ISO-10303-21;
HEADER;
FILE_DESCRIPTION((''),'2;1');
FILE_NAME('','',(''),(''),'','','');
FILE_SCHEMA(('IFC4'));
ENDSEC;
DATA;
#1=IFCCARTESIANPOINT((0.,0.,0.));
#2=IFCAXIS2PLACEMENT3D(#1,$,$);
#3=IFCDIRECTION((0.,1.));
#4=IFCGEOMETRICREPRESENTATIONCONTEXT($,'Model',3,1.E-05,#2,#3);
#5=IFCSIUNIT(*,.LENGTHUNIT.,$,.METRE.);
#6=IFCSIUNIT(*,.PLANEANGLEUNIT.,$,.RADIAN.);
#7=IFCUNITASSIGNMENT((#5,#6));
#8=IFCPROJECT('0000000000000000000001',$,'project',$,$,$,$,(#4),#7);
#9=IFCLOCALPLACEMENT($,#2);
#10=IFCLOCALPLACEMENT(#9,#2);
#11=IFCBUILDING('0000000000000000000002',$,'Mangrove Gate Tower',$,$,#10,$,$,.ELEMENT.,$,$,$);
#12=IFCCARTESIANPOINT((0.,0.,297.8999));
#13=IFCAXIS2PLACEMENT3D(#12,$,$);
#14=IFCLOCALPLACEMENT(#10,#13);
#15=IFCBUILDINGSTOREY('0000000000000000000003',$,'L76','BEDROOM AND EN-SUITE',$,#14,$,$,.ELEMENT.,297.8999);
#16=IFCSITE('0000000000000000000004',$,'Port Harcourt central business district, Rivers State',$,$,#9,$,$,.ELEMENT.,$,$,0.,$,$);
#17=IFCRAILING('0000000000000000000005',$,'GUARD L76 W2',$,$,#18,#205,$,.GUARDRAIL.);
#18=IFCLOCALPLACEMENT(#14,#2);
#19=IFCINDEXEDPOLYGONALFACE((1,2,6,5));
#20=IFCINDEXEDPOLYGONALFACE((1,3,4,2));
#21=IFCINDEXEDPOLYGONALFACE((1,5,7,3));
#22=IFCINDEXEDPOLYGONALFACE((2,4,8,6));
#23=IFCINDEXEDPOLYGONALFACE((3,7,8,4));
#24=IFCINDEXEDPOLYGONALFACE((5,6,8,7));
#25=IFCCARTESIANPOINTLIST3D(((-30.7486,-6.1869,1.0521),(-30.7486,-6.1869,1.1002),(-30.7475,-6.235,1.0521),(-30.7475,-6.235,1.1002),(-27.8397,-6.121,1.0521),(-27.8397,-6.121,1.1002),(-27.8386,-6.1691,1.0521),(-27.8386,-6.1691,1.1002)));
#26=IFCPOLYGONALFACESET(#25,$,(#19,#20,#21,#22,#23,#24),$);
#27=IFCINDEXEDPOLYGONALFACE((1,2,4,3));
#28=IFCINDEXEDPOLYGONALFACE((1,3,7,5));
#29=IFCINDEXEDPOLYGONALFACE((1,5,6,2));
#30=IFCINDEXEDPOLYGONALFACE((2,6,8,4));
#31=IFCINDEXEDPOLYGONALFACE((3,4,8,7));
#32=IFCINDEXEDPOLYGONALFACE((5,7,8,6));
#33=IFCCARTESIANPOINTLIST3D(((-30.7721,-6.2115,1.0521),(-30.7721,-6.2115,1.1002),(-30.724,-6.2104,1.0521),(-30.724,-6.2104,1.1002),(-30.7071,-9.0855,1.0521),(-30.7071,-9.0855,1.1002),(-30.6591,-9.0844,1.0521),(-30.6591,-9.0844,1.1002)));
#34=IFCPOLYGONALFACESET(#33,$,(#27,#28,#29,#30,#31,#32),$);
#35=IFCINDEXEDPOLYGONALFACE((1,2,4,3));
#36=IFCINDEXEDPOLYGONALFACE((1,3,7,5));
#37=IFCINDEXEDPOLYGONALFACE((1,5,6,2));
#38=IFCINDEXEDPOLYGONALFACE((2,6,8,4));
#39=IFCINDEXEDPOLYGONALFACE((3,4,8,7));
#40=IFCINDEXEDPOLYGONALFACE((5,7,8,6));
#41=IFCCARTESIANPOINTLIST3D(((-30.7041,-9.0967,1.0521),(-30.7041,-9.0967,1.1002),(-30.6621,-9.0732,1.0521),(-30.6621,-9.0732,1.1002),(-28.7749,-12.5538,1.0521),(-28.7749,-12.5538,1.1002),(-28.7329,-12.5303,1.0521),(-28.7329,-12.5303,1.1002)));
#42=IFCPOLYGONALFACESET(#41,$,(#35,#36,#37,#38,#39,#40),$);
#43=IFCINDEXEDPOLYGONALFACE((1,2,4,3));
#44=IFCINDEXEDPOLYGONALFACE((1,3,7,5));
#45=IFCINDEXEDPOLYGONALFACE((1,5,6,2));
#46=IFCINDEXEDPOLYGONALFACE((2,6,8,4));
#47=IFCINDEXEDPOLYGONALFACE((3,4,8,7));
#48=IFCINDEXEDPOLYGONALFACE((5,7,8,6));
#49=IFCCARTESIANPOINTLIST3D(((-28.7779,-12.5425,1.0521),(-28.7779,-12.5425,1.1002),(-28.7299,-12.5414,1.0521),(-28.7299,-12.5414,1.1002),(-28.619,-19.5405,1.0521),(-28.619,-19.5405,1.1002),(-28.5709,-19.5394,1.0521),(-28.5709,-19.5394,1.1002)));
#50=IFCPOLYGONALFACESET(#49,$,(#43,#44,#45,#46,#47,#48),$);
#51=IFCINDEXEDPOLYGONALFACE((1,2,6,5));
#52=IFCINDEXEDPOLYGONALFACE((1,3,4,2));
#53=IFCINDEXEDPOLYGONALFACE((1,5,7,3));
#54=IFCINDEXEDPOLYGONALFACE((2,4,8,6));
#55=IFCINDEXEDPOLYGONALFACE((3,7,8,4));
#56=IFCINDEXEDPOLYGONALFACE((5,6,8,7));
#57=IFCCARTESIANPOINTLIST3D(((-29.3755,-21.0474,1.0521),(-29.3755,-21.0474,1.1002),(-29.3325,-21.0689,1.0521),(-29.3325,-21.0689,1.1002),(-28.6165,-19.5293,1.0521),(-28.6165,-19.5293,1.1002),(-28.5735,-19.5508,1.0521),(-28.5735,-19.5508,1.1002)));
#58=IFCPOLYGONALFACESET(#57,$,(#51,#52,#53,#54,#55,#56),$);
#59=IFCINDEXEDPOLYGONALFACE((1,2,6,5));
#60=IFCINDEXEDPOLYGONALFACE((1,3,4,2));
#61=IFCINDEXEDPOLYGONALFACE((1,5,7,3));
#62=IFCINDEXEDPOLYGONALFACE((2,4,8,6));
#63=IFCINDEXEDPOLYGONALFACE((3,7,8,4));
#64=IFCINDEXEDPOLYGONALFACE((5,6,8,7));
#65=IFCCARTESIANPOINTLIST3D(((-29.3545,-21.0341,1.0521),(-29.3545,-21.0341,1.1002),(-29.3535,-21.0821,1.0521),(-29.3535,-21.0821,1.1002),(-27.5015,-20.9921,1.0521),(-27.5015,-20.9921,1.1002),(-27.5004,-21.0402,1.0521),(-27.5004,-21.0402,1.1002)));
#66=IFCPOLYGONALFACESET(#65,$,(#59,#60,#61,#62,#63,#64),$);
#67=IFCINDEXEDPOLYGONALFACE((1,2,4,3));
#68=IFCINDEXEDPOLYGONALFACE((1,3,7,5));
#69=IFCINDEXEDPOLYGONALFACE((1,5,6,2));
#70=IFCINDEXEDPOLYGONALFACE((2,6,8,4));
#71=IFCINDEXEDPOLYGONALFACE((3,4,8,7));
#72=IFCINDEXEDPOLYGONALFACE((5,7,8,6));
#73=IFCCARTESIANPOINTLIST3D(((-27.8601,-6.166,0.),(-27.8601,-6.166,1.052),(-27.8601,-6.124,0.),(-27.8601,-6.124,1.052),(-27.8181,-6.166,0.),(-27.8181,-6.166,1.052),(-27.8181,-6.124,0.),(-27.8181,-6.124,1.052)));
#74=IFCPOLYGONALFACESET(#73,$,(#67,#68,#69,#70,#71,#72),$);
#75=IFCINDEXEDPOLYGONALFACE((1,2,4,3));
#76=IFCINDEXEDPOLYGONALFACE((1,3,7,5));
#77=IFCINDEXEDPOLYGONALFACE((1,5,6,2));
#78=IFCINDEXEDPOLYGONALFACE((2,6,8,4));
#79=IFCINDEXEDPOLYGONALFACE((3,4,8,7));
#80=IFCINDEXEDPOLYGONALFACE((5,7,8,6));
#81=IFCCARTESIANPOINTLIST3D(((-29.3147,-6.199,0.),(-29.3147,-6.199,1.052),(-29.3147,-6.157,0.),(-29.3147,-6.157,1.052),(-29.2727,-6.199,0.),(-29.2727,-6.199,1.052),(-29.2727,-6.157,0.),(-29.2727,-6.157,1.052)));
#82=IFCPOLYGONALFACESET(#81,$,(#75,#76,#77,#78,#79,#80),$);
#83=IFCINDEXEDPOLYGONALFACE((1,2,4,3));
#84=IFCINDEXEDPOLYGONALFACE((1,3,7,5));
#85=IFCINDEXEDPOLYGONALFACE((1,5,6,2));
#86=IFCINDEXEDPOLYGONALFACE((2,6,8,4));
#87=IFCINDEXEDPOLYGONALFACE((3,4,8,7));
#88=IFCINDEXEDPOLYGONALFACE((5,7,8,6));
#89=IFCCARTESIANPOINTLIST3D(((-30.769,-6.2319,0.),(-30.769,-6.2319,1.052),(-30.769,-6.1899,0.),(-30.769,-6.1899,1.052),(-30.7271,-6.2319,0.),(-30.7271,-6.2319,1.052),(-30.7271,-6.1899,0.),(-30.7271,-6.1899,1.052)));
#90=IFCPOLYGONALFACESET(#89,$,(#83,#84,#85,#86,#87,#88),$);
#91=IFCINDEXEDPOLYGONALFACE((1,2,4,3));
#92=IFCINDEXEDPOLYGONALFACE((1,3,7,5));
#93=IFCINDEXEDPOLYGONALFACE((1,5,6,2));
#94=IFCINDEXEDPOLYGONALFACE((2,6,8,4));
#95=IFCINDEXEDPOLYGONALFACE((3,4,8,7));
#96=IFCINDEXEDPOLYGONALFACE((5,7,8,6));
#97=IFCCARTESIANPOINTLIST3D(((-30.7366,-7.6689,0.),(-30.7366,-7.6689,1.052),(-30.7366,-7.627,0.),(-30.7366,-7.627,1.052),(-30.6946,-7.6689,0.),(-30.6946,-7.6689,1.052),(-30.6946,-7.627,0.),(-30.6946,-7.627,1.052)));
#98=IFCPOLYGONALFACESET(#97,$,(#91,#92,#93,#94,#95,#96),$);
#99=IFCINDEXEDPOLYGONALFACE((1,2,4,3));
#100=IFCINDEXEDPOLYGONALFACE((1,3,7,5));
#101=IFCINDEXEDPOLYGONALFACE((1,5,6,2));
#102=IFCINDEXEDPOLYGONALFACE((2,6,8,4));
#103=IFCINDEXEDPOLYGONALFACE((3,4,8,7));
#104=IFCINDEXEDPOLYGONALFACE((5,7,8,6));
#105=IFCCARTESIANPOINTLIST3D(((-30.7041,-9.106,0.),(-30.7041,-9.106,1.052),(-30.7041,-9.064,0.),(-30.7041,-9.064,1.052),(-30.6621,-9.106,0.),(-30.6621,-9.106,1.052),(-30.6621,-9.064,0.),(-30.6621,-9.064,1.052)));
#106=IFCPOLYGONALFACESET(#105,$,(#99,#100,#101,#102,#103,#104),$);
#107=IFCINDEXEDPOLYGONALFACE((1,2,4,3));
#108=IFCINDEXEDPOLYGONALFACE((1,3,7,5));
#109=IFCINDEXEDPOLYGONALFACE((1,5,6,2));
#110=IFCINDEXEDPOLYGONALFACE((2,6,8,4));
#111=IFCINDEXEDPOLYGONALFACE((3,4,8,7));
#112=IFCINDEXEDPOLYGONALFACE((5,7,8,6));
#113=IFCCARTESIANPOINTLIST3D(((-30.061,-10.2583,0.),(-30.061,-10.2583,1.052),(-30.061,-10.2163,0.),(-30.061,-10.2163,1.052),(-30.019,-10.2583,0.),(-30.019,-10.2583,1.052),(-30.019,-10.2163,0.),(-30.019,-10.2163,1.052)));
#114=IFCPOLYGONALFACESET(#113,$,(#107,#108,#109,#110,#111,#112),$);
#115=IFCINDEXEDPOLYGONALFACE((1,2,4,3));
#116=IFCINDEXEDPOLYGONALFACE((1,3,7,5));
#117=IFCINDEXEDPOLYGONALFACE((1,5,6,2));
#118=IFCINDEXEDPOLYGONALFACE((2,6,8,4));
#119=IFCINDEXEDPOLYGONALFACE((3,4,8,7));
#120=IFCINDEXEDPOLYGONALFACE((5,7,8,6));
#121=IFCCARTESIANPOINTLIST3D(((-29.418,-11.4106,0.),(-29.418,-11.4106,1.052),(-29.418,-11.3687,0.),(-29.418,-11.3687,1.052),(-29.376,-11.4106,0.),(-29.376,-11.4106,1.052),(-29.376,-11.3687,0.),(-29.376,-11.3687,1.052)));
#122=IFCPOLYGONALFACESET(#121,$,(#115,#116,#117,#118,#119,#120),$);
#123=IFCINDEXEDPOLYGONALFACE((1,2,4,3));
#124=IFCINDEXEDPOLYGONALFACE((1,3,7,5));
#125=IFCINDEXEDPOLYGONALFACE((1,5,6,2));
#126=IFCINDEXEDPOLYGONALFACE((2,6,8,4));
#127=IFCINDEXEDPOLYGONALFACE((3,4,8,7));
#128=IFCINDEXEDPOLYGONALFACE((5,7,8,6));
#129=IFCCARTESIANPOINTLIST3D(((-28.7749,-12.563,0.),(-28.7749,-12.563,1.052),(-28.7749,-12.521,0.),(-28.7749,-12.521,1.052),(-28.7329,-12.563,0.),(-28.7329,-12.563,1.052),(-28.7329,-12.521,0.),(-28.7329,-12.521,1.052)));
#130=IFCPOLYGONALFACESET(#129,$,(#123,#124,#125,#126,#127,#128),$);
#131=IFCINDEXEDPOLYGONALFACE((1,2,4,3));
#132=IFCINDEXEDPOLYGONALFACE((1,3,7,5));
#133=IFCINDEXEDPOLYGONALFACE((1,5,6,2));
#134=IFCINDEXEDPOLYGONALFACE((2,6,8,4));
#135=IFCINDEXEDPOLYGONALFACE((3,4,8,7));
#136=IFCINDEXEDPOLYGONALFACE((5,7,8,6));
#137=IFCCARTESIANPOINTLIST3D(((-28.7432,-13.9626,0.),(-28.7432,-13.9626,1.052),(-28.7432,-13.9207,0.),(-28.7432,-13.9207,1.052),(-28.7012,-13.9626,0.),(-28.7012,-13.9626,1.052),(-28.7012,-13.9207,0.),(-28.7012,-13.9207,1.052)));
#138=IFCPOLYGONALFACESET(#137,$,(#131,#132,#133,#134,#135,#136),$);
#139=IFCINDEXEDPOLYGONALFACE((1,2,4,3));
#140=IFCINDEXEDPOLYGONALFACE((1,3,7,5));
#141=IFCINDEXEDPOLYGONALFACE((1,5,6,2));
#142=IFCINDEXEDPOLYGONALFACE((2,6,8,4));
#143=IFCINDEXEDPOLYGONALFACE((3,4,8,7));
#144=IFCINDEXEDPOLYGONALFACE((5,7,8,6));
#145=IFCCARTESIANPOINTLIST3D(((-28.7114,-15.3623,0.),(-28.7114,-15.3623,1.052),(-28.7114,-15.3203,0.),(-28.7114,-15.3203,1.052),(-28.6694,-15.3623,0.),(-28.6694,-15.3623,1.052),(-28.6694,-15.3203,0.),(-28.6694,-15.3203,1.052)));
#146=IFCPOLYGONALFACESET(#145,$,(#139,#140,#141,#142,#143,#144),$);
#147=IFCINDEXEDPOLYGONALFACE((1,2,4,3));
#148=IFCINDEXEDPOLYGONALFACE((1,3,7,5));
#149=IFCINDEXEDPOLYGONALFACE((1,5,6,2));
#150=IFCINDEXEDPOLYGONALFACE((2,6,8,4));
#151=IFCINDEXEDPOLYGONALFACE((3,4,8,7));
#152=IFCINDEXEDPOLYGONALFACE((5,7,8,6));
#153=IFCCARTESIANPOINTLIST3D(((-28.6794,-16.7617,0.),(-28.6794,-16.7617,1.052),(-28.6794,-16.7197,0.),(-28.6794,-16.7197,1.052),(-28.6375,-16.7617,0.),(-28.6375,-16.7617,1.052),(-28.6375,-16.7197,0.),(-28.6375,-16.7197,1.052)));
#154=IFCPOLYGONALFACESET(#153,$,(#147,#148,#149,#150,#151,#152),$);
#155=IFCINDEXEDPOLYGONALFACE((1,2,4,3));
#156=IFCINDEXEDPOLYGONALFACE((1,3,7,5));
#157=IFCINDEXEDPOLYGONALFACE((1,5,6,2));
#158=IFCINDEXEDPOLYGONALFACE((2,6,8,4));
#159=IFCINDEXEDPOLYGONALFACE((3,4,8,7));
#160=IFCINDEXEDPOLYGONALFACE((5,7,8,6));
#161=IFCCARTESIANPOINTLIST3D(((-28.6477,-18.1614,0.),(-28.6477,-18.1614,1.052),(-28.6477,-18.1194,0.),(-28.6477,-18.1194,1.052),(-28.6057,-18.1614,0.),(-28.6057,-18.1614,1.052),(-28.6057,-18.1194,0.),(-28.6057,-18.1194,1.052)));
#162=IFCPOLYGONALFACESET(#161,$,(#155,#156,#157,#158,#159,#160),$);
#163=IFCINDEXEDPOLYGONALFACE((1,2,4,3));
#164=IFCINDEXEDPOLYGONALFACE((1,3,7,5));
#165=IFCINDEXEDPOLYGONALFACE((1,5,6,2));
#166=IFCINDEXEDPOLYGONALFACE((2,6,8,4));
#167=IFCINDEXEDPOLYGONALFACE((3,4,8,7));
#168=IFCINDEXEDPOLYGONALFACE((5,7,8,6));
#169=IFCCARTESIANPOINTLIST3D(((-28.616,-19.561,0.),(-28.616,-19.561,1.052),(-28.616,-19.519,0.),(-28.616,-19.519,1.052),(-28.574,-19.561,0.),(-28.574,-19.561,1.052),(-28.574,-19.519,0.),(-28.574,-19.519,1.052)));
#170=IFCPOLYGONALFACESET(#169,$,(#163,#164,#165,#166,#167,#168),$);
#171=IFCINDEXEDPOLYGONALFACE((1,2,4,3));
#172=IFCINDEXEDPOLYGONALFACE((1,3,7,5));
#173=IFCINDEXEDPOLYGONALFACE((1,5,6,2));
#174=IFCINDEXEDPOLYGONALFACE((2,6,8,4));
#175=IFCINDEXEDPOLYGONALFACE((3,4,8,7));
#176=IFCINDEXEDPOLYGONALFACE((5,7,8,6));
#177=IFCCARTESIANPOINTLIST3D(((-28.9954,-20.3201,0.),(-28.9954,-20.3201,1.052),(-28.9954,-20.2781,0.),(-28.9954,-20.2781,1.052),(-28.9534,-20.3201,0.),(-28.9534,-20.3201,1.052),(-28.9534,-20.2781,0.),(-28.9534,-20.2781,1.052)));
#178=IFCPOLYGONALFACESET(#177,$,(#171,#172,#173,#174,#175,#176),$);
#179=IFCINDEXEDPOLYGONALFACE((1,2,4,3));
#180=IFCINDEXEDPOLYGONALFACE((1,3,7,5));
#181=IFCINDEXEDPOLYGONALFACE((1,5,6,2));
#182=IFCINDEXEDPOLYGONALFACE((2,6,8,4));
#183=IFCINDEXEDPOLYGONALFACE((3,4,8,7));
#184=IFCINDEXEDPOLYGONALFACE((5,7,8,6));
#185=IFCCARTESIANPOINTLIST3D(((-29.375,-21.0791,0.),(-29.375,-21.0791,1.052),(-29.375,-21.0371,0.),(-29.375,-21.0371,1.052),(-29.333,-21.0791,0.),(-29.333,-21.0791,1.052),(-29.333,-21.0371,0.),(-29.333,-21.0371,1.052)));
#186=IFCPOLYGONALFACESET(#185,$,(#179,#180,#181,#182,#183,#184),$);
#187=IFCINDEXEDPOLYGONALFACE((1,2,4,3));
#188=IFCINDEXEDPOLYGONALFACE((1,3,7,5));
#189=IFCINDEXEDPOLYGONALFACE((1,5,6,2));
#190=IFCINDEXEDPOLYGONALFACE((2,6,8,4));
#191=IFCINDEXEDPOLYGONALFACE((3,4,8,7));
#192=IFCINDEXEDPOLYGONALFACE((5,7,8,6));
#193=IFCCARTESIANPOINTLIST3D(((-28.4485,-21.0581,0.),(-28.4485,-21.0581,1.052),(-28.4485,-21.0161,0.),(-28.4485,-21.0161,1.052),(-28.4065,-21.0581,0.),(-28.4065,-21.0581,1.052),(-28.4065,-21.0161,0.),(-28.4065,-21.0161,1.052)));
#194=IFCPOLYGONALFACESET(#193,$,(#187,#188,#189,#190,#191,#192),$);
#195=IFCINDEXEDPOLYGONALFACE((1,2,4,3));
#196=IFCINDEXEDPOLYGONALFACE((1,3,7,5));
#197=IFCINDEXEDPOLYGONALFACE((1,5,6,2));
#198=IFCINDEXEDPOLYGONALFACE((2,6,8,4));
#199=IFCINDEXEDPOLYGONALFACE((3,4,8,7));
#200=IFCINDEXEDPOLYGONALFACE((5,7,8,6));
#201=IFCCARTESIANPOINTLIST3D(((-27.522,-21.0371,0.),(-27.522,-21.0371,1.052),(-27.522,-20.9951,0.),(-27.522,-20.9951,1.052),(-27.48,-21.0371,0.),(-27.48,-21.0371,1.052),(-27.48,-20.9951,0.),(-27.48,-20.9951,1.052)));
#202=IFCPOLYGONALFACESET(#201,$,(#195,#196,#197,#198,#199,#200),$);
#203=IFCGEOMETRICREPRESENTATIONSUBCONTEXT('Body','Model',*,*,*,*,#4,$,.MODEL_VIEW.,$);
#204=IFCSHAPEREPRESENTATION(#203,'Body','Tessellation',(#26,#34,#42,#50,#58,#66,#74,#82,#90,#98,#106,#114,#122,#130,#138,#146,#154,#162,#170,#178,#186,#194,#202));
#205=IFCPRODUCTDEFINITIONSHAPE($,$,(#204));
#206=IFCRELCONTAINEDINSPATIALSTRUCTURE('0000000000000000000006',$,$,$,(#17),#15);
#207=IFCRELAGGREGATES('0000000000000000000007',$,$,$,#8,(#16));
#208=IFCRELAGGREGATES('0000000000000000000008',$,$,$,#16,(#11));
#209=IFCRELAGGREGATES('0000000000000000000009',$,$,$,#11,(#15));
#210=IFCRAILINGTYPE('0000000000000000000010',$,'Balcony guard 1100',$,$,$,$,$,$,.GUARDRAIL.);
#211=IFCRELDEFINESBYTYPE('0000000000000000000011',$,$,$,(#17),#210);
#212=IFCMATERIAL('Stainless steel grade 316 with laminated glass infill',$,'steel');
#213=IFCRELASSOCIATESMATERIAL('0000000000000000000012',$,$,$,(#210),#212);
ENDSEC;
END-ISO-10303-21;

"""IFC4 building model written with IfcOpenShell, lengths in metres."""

from ifc_helpers import new_model, si_unit, direction, frame, origin, origin_2d, place, context, subcontext, project, spatial, rectangle, extrude, material, type_object, element, save


model = new_model("IFC4")

# Units and contexts
model_context = context("Model", 3, precision=1e-05, world=origin(), true_north=direction((0.0, 1.0)))
body_context = subcontext(model_context, "Body", "Model", "MODEL_VIEW")
ifc_project = project(units=[si_unit("LENGTHUNIT", "METRE"), si_unit("PLANEANGLEUNIT", "RADIAN")], contexts=[model_context])

# Site, building, storey
site_placement = place(None, origin())
site = spatial("IfcSite", under=ifc_project, at=site_placement, Name="Port Harcourt central business district, Rivers State", CompositionType="ELEMENT", RefElevation=0.0)
building_placement = place(site_placement, origin())
building = spatial("IfcBuilding", under=site, at=building_placement, Name="Mangrove Gate Tower", CompositionType="ELEMENT")
storey_placement = place(building_placement, frame((0.0, 0.0, 297.8999)))
storey = spatial("IfcBuildingStorey", under=building, at=storey_placement, Name="L76", Description="BEDROOM AND EN-SUITE", CompositionType="ELEMENT", Elevation=297.8999)

# Railing
ifc_material_1 = material(Name="Stainless steel grade 316 with laminated glass infill", Category="steel")
railing_type = type_object("IfcRailingType", Name="Balcony guard 1100", PredefinedType="GUARDRAIL", material=ifc_material_1)
railing_placement = place(storey_placement, frame((-27.8391, -6.145, 0.0)))
element("IfcRailing", 1, at=railing_placement, inside=storey, type_object=railing_type, Name="GUARD L76 W2", PredefinedType="GUARDRAIL", context=body_context, shape_type="SweptSolid", body=[
    extrude(rectangle(XDim=0.0481, YDim=0.0481, at=origin_2d()), frame((0.0, 0.0, 1.0762), z_axis=(-0.999743, -0.022655, 0.0), x_axis=(0.022655, -0.999743, 0.0)), (0.0, 0.0, 1.0), 2.9097),
    extrude(rectangle(XDim=0.0481, YDim=0.0481, at=origin_2d()), frame((-2.9089, -0.0659, 1.0762), z_axis=(0.02259, -0.999745, 0.0), x_axis=(0.999745, 0.02259, 0.0)), (0.0, 0.0, 1.0), 2.8748),
    extrude(rectangle(XDim=0.0481, YDim=0.0481, at=origin_2d()), frame((-2.844, -2.9399, 1.0762), z_axis=(0.487307, -0.873231, 0.0), x_axis=(0.873231, 0.487307, 0.0)), (0.0, 0.0, 1.0), 3.959),
    extrude(rectangle(XDim=0.0481, YDim=0.0481, at=origin_2d()), frame((-0.9148, -6.397, 1.0762), z_axis=(0.022706, -0.999742, 0.0), x_axis=(0.999742, 0.022706, 0.0)), (0.0, 0.0, 1.0), 6.9998),
    extrude(rectangle(XDim=0.0481, YDim=0.0481, at=origin_2d()), frame((-0.7559, -13.395, 1.0762), z_axis=(-0.447214, -0.894427, 0.0), x_axis=(0.894427, -0.447214, 0.0)), (0.0, 0.0, 1.0), 1.6973),
    extrude(rectangle(XDim=0.0481, YDim=0.0481, at=origin_2d()), frame((-1.5149, -14.9131, 1.0762), z_axis=(0.999743, 0.022656, 0.0), x_axis=(-0.022656, 0.999743, 0.0)), (0.0, 0.0, 1.0), 1.8535),
    extrude(rectangle(XDim=0.042, YDim=0.042, at=origin_2d()), origin(), (0.0, 0.0, 1.0), 1.052),
    extrude(rectangle(XDim=0.042, YDim=0.042, at=origin_2d()), frame((-1.4546, -0.033, 0.0)), (0.0, 0.0, 1.0), 1.052),
    extrude(rectangle(XDim=0.042, YDim=0.042, at=origin_2d()), frame((-2.9089, -0.0659, 0.0)), (0.0, 0.0, 1.0), 1.052),
    extrude(rectangle(XDim=0.042, YDim=0.042, at=origin_2d()), frame((-2.8765, -1.5029, 0.0)), (0.0, 0.0, 1.0), 1.052),
    extrude(rectangle(XDim=0.042, YDim=0.042, at=origin_2d()), frame((-2.844, -2.9399, 0.0)), (0.0, 0.0, 1.0), 1.052),
    extrude(rectangle(XDim=0.042, YDim=0.042, at=origin_2d()), frame((-2.2009, -4.0923, 0.0)), (0.0, 0.0, 1.0), 1.052),
    extrude(rectangle(XDim=0.042, YDim=0.042, at=origin_2d()), frame((-1.5579, -5.2446, 0.0)), (0.0, 0.0, 1.0), 1.052),
    extrude(rectangle(XDim=0.042, YDim=0.042, at=origin_2d()), frame((-0.9148, -6.397, 0.0)), (0.0, 0.0, 1.0), 1.052),
    extrude(rectangle(XDim=0.042, YDim=0.042, at=origin_2d()), frame((-0.8831, -7.7966, 0.0)), (0.0, 0.0, 1.0), 1.052),
    extrude(rectangle(XDim=0.042, YDim=0.042, at=origin_2d()), frame((-0.8513, -9.1963, 0.0)), (0.0, 0.0, 1.0), 1.052),
    extrude(rectangle(XDim=0.042, YDim=0.042, at=origin_2d()), frame((-0.8193, -10.5957, 0.0)), (0.0, 0.0, 1.0), 1.052),
    extrude(rectangle(XDim=0.042, YDim=0.042, at=origin_2d()), frame((-0.7876, -11.9954, 0.0)), (0.0, 0.0, 1.0), 1.052),
    extrude(rectangle(XDim=0.042, YDim=0.042, at=origin_2d()), frame((-0.7559, -13.395, 0.0)), (0.0, 0.0, 1.0), 1.052),
    extrude(rectangle(XDim=0.042, YDim=0.042, at=origin_2d()), frame((-1.1353, -14.1541, 0.0)), (0.0, 0.0, 1.0), 1.052),
    extrude(rectangle(XDim=0.042, YDim=0.042, at=origin_2d()), frame((-1.5149, -14.9131, 0.0)), (0.0, 0.0, 1.0), 1.052),
    extrude(rectangle(XDim=0.042, YDim=0.042, at=origin_2d()), frame((-0.5884, -14.8921, 0.0)), (0.0, 0.0, 1.0), 1.052),
    extrude(rectangle(XDim=0.042, YDim=0.042, at=origin_2d()), frame((0.3381, -14.8711, 0.0)), (0.0, 0.0, 1.0), 1.052),
])

save(model, "model.ifc")
